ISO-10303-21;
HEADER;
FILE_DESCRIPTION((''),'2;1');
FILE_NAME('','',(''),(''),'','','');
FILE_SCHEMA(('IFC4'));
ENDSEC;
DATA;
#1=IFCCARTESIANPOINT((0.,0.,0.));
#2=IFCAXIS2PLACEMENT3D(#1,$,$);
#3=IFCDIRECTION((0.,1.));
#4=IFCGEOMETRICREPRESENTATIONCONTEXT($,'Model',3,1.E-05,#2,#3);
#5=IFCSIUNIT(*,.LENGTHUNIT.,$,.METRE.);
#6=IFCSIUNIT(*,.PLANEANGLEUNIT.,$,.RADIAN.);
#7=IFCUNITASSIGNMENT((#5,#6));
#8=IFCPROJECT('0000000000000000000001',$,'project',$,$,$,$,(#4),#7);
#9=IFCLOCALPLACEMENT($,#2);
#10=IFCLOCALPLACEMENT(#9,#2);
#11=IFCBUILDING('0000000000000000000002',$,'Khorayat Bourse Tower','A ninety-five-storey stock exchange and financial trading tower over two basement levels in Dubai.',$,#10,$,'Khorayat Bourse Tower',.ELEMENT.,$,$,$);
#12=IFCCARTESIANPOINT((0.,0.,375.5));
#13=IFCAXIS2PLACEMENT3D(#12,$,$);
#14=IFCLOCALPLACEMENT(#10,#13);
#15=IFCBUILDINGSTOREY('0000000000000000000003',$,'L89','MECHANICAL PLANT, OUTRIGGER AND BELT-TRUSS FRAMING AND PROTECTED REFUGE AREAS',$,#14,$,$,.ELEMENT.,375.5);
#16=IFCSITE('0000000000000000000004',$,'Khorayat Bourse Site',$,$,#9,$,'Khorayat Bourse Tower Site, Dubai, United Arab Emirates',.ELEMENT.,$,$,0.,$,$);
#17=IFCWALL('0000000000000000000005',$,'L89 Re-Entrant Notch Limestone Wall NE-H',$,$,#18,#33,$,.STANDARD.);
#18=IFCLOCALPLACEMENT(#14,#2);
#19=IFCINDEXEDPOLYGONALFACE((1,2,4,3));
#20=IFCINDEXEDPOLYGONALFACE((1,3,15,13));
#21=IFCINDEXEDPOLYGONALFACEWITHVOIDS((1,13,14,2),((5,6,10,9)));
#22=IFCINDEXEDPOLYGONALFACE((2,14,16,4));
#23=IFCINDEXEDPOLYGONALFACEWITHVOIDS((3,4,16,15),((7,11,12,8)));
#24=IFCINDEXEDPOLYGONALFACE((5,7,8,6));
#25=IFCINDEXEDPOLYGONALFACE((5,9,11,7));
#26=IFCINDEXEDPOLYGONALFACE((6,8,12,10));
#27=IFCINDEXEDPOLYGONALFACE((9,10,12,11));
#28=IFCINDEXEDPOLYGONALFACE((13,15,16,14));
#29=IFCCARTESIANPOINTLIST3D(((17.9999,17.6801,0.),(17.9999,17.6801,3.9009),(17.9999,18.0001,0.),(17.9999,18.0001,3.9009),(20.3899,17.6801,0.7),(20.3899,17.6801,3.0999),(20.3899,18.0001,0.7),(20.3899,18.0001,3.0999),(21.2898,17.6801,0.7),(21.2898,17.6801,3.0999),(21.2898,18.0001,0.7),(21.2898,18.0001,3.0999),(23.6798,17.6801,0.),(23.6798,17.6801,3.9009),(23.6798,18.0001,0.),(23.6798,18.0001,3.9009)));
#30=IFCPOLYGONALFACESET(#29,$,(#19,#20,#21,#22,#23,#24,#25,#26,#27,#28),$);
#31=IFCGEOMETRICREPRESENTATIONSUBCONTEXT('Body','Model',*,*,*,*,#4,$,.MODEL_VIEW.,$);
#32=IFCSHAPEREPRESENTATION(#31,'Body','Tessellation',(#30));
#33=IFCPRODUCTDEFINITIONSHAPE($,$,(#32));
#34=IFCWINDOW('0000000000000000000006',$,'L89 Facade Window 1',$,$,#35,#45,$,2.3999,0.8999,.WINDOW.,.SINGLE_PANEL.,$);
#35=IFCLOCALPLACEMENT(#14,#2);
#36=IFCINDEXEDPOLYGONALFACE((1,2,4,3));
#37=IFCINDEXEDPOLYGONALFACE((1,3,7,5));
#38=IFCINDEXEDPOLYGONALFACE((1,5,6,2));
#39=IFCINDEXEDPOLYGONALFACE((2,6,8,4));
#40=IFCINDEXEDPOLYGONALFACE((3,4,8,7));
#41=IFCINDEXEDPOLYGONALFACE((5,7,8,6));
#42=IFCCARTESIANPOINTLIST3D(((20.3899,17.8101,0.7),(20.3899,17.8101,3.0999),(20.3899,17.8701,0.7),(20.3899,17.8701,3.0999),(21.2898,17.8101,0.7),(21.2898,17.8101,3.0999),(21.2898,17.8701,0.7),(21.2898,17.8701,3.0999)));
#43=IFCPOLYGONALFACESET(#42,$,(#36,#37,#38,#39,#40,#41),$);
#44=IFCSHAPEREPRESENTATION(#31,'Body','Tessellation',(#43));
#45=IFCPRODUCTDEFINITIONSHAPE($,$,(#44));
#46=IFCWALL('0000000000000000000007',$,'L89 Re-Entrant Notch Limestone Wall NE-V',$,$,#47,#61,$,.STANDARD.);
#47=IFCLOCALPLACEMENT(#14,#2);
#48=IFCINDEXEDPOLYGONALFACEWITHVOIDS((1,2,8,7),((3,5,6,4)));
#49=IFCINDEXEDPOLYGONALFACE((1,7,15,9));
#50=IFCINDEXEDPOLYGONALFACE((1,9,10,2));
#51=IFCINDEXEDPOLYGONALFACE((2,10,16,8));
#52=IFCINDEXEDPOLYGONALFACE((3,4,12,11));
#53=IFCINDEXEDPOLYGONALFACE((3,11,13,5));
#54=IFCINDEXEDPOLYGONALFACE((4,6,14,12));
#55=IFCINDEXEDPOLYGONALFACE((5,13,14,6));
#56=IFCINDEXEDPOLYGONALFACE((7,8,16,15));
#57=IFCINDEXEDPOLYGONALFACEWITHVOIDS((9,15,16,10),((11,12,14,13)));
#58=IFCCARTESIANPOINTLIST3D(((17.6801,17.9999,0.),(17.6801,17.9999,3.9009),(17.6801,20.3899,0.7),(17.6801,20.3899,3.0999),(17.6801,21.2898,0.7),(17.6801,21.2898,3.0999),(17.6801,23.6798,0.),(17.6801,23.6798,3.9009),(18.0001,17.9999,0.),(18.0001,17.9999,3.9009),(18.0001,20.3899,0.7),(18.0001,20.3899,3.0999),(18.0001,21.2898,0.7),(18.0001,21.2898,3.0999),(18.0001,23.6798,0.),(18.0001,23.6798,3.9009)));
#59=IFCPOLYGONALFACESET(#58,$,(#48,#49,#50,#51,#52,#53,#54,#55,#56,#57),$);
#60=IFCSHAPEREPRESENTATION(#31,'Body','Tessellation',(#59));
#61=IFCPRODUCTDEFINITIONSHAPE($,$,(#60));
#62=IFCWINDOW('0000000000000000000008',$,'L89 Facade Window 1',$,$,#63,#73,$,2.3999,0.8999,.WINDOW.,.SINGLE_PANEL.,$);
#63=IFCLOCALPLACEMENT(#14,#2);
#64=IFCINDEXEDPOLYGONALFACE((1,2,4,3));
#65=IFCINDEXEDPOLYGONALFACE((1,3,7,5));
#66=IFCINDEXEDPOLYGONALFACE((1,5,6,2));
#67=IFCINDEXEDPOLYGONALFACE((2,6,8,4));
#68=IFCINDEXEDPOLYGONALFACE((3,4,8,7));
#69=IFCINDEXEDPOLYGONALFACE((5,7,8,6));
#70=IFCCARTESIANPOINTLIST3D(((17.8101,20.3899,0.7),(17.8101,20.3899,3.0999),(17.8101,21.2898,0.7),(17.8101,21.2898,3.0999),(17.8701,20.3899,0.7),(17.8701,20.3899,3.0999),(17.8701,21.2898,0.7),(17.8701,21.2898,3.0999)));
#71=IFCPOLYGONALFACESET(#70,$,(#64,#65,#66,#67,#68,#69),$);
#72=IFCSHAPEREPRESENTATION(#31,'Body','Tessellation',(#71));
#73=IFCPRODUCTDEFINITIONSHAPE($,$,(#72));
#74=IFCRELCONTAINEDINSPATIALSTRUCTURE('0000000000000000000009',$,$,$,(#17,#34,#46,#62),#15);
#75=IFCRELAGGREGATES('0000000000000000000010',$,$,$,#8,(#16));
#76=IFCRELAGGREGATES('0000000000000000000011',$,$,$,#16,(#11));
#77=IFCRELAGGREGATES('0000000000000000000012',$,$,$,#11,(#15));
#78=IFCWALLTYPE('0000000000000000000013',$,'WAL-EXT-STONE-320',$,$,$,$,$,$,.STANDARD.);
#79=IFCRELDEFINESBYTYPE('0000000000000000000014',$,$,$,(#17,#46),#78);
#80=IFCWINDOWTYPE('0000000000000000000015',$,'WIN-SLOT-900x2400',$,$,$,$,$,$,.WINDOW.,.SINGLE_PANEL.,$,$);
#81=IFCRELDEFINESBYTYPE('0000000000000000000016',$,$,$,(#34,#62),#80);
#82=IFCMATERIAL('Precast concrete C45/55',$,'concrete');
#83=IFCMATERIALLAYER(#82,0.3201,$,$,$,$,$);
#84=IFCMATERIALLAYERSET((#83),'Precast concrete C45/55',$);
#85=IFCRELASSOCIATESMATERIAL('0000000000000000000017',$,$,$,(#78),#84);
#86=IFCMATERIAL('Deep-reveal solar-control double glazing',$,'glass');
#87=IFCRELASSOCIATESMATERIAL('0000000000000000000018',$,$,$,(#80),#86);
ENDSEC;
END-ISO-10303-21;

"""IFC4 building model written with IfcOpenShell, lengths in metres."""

from ifc_helpers import new_model, si_unit, direction, frame, frame_2d, origin, place, context, subcontext, project, spatial, rectangle, extrude, source, transform, mapped, material, layer, layer_set, type_object, element, fill, save


model = new_model("IFC4")

# Units and contexts
model_context = context("Model", 3, precision=1e-05, world=origin(), true_north=direction((0.0, 1.0)))
body_context = subcontext(model_context, "Body", "Model", "MODEL_VIEW")
ifc_project = project(units=[si_unit("LENGTHUNIT", "METRE"), si_unit("PLANEANGLEUNIT", "RADIAN")], contexts=[model_context])

# Site, building, storey
site_placement = place(None, origin())
site = spatial("IfcSite", under=ifc_project, at=site_placement, Name="Khorayat Bourse Site", LongName="Khorayat Bourse Tower Site, Dubai, United Arab Emirates", CompositionType="ELEMENT", RefElevation=0.0)
building_placement = place(site_placement, origin())
building = spatial("IfcBuilding", under=site, at=building_placement, Name="Khorayat Bourse Tower", Description="A ninety-five-storey stock exchange and financial trading tower over two basement levels in Dubai.", LongName="Khorayat Bourse Tower", CompositionType="ELEMENT")
storey_placement = place(building_placement, frame((0.0, 0.0, 375.5)))
storey = spatial("IfcBuildingStorey", under=building, at=storey_placement, Name="L89", Description="MECHANICAL PLANT, OUTRIGGER AND BELT-TRUSS FRAMING AND PROTECTED REFUGE AREAS", CompositionType="ELEMENT", Elevation=375.5)

# Walls, openings, windows
ifc_material_1 = material(Name="Precast concrete C45/55", Category="concrete")
ifc_layer_1 = layer(ifc_material_1, 0.3201)
ifc_layer_set_1 = layer_set([ifc_layer_1], Name="Precast concrete C45/55")
wall_type = type_object("IfcWallType", Name="WAL-EXT-STONE-320", PredefinedType="STANDARD", material=ifc_layer_set_1)
shared_shape_1 = source(origin(), body_context, "Body", "SweptSolid", [
    extrude(rectangle(XDim=5.6799, YDim=0.3201, at=frame_2d((2.8398, 0.0))), origin(), (0.0, 0.0, 1.0), 3.9009),
])
wall_1_placement = place(storey_placement, frame((18.0, 17.8401, 0.0), z_axis=(0.0, 0.0, 1.0), x_axis=(1.0, 0.0, 0.0)))
wall_1 = element("IfcWall", 1, at=wall_1_placement, inside=storey, type_object=wall_type, Name="L89 Re-Entrant Notch Limestone Wall NE-H", PredefinedType="STANDARD", context=body_context, shape_type="MappedRepresentation", body=[
    mapped(shared_shape_1, transform((0.0, 0.0, 0.0), scale=1.0)),
])
shared_shape_2 = source(origin(), body_context, "Body", "SweptSolid", [
    extrude(rectangle(XDim=0.8999, YDim=2.3999, at=frame_2d((0.45, 1.2))), frame((0.0, 0.1699, 0.0), z_axis=(0.0, -1.0, 0.0), x_axis=(1.0, 0.0, 0.0)), (0.0, 0.0, 1.0), 0.3401),
])
opening_1_placement = place(wall_1_placement, frame((2.3899, 0.0, 0.7)))
opening_1 = element("IfcOpeningElement", 2, at=opening_1_placement, cuts=wall_1, PredefinedType="OPENING", context=body_context, shape_type="MappedRepresentation", body=[
    mapped(shared_shape_2, transform((0.0, 0.0, 0.0), scale=1.0)),
])
ifc_material_2 = material(Name="Deep-reveal solar-control double glazing", Category="glass")
window_type = type_object("IfcWindowType", Name="WIN-SLOT-900x2400", PartitioningType="SINGLE_PANEL", PredefinedType="WINDOW", material=ifc_material_2)
shared_shape_3 = source(origin(), body_context, "Body", "SweptSolid", [
    extrude(rectangle(XDim=0.8999, YDim=2.3999, at=frame_2d((0.45, 1.2))), frame((0.0, 0.03, 0.0), z_axis=(0.0, -1.0, 0.0), x_axis=(1.0, 0.0, 0.0)), (0.0, 0.0, 1.0), 0.0601),
])
window_1_placement = place(opening_1_placement, origin())
window_1 = element("IfcWindow", 3, at=window_1_placement, inside=storey, type_object=window_type, Name="L89 Facade Window 1", OverallHeight=2.3999, OverallWidth=0.8999, PartitioningType="SINGLE_PANEL", PredefinedType="WINDOW", context=body_context, shape_type="MappedRepresentation", body=[
    mapped(shared_shape_3, transform((0.0, 0.0, 0.0), scale=1.0)),
])
fill(opening_1, window_1)
wall_2_placement = place(storey_placement, frame((17.8401, 18.0, 0.0), z_axis=(0.0, 0.0, 1.0), x_axis=(0.0, 1.0, 0.0)))
wall_2 = element("IfcWall", 4, at=wall_2_placement, inside=storey, type_object=wall_type, Name="L89 Re-Entrant Notch Limestone Wall NE-V", PredefinedType="STANDARD", context=body_context, shape_type="MappedRepresentation", body=[
    mapped(shared_shape_1, transform((0.0, 0.0, 0.0), scale=1.0)),
])
opening_2_placement = place(wall_2_placement, frame((2.3899, 0.0, 0.7)))
opening_2 = element("IfcOpeningElement", 5, at=opening_2_placement, cuts=wall_2, PredefinedType="OPENING", context=body_context, shape_type="MappedRepresentation", body=[
    mapped(shared_shape_2, transform((0.0, 0.0, 0.0), scale=1.0)),
])
window_2_placement = place(opening_2_placement, origin())
window_2 = element("IfcWindow", 6, at=window_2_placement, inside=storey, type_object=window_type, Name="L89 Facade Window 1", OverallHeight=2.3999, OverallWidth=0.8999, PartitioningType="SINGLE_PANEL", PredefinedType="WINDOW", context=body_context, shape_type="MappedRepresentation", body=[
    mapped(shared_shape_3, transform((0.0, 0.0, 0.0), scale=1.0)),
])
fill(opening_2, window_2)

save(model, "model.ifc")
